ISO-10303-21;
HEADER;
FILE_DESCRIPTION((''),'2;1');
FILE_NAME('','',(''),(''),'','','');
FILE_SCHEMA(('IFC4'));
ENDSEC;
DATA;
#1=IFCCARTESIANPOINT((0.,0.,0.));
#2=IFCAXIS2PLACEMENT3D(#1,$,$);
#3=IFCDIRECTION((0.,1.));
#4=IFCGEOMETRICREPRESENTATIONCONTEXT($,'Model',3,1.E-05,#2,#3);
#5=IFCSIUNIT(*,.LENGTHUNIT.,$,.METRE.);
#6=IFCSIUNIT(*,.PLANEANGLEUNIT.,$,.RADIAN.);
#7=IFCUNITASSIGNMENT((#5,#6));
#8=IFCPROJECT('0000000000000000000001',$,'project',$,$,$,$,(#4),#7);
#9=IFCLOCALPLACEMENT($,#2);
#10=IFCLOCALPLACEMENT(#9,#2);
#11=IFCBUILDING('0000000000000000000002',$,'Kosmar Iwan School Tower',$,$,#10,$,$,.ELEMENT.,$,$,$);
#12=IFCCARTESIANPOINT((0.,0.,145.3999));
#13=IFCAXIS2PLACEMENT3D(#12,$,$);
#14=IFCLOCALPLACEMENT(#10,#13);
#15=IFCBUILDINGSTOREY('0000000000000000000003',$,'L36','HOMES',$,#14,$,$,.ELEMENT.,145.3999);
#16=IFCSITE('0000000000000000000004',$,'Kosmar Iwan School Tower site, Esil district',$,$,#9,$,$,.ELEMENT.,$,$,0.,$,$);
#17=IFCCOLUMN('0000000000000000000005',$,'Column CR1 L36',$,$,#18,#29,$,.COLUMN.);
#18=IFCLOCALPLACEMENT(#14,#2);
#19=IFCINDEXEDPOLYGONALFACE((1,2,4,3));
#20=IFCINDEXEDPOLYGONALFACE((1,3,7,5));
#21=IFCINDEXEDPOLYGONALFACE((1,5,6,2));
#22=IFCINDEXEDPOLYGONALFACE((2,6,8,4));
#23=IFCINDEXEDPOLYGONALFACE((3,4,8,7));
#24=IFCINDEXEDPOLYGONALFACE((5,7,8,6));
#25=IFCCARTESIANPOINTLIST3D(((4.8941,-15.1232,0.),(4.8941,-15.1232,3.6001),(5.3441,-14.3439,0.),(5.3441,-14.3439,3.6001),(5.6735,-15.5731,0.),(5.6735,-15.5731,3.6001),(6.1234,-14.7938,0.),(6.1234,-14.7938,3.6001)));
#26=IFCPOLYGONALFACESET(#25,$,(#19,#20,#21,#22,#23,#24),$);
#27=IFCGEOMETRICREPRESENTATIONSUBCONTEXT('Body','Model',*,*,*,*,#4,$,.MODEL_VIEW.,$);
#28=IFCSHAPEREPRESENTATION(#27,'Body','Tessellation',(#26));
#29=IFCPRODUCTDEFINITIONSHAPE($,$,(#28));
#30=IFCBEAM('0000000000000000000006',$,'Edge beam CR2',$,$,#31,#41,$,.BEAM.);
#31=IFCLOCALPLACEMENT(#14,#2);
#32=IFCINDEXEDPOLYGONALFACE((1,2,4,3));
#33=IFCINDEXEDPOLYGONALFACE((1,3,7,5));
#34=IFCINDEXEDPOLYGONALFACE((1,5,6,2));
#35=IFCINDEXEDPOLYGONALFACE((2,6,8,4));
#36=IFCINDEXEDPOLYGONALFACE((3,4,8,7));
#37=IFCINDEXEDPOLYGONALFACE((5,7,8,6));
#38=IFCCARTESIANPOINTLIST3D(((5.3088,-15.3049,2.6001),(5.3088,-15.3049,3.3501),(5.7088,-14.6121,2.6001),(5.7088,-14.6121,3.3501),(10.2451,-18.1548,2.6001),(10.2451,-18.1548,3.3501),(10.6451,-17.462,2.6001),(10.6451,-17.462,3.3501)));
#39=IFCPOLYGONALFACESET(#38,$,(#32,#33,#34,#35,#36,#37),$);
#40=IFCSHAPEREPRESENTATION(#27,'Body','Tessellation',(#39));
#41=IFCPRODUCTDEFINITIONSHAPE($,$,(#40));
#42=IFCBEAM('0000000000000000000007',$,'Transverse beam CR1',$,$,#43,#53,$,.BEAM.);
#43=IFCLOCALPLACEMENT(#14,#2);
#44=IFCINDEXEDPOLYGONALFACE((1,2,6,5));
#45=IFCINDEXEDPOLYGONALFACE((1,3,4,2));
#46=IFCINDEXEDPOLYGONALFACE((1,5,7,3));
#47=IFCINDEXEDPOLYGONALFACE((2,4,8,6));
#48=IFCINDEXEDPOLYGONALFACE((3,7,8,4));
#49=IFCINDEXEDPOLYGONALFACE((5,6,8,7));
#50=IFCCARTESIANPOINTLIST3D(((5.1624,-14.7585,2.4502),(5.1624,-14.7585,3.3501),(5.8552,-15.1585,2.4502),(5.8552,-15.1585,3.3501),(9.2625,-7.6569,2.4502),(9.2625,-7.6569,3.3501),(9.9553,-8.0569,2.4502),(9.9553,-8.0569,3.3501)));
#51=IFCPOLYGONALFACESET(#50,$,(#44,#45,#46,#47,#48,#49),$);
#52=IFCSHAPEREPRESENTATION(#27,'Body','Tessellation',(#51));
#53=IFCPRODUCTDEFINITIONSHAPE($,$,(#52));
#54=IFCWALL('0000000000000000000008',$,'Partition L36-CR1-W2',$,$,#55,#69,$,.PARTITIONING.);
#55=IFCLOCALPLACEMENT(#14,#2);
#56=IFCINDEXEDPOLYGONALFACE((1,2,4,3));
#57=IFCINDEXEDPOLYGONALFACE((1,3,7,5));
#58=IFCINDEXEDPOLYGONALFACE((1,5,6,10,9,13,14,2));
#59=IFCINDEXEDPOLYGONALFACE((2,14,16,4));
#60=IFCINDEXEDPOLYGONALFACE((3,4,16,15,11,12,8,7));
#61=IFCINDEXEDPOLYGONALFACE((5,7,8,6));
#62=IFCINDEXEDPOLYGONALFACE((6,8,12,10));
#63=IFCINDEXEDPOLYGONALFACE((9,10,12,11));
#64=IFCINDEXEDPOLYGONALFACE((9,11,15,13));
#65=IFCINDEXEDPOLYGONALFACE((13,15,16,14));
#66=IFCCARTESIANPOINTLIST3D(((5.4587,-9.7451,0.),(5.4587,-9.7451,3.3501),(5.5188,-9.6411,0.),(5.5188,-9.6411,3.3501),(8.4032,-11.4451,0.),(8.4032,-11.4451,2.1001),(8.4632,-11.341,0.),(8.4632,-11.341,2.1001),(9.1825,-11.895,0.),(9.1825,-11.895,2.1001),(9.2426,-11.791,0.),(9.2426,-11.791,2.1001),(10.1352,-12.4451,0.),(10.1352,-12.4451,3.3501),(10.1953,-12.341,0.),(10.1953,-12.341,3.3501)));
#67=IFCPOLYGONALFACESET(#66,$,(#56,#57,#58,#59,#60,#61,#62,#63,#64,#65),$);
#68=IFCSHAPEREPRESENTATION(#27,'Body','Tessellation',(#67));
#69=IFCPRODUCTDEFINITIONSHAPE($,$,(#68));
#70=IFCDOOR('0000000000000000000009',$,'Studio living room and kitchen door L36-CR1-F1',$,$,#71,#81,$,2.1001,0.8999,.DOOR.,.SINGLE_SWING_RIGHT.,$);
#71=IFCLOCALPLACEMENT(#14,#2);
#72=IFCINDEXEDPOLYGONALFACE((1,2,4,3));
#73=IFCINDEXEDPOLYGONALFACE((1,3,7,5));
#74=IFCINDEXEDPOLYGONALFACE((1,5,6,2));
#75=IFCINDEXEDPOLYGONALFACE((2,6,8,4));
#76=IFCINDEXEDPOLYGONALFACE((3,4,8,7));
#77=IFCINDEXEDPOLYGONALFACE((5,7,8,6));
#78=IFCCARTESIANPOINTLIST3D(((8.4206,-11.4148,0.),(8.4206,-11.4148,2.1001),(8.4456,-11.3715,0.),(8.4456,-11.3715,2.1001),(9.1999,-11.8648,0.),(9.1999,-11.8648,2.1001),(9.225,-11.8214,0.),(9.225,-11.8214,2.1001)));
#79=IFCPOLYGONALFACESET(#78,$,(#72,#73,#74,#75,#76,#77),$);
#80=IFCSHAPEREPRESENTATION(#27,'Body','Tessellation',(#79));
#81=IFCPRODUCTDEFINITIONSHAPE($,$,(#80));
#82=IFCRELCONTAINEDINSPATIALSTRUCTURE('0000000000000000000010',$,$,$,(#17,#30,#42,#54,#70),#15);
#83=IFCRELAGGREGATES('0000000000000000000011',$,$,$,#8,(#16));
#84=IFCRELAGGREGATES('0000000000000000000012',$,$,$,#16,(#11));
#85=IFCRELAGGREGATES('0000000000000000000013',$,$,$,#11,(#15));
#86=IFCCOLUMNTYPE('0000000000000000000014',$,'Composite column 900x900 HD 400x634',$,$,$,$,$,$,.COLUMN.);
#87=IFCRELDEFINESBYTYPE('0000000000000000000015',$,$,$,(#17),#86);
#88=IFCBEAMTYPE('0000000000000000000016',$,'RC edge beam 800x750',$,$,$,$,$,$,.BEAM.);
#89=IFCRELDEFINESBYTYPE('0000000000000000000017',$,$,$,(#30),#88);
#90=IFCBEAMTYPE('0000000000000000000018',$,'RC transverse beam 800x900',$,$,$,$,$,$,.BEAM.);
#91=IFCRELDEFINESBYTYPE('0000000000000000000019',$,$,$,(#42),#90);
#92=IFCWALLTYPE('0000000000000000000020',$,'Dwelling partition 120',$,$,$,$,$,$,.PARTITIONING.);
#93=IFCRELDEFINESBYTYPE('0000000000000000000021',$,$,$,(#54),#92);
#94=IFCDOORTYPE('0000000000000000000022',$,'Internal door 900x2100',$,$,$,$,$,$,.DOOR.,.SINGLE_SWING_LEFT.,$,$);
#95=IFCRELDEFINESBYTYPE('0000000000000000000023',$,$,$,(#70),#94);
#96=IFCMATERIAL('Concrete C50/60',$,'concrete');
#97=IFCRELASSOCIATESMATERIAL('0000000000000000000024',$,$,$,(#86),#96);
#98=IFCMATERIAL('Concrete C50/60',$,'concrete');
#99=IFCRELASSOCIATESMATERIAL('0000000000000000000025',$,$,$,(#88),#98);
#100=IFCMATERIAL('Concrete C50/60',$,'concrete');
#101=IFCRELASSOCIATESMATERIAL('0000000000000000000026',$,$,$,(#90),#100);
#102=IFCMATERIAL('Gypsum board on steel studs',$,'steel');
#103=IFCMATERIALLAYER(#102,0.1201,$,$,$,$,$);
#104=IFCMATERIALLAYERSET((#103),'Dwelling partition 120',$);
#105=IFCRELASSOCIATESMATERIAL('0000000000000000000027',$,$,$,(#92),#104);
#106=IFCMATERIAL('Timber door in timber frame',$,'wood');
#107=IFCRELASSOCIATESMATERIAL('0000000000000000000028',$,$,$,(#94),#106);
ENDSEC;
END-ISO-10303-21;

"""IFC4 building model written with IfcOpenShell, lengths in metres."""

from ifc_helpers import new_model, si_unit, direction, frame, frame_2d, origin, origin_2d, place, context, subcontext, project, spatial, rectangle, extrude, material, layer, layer_set, material_profile, profile_set, type_object, element, fill, save


model = new_model("IFC4")

# Units and contexts
model_context = context("Model", 3, precision=1e-05, world=origin(), true_north=direction((0.0, 1.0)))
body_context = subcontext(model_context, "Body", "Model", "MODEL_VIEW")
ifc_project = project(units=[si_unit("LENGTHUNIT", "METRE"), si_unit("PLANEANGLEUNIT", "RADIAN")], contexts=[model_context])

# Site, building, storey
site_placement = place(None, origin())
site = spatial("IfcSite", under=ifc_project, at=site_placement, Name="Kosmar Iwan School Tower site, Esil district", CompositionType="ELEMENT", RefElevation=0.0)
building_placement = place(site_placement, origin())
building = spatial("IfcBuilding", under=site, at=building_placement, Name="Kosmar Iwan School Tower", CompositionType="ELEMENT")
storey_placement = place(building_placement, frame((0.0, 0.0, 145.3999)))
storey = spatial("IfcBuildingStorey", under=building, at=storey_placement, Name="L36", Description="HOMES", CompositionType="ELEMENT", Elevation=145.3999)

# Column
ifc_material_1 = material(Name="Concrete C50/60", Category="concrete")
ifc_material_profile_1 = material_profile(ifc_material_1, rectangle(XDim=0.8999, YDim=0.8999, at=origin_2d()), Name="RC 900x900 + HD 400x634")
ifc_profile_set_1 = profile_set([ifc_material_profile_1], Name="Concrete C50/60")
column_type = type_object("IfcColumnType", Name="Composite column 900x900 HD 400x634", PredefinedType="COLUMN", material=ifc_profile_set_1)
column_placement = place(storey_placement, frame((5.5088, -14.9585, 0.0), z_axis=(0.0, 0.0, 1.0), x_axis=(0.866025, -0.5, 0.0)))
element("IfcColumn", 1, at=column_placement, inside=storey, type_object=column_type, Name="Column CR1 L36", PredefinedType="COLUMN", context=body_context, shape_type="SweptSolid", body=[
    extrude(rectangle(XDim=0.8999, YDim=0.8999, at=origin_2d()), origin(), (0.0, 0.0, 1.0), 3.6001),
])

# Beams
ifc_material_2 = material(Name="Concrete C50/60", Category="concrete")
ifc_material_profile_2 = material_profile(ifc_material_2, rectangle(XDim=0.8, YDim=0.75, at=origin_2d()), Name="RC 800x750")
ifc_profile_set_2 = profile_set([ifc_material_profile_2], Name="Concrete C50/60")
beam_type_1 = type_object("IfcBeamType", Name="RC edge beam 800x750", PredefinedType="BEAM", material=ifc_profile_set_2)
beam_1_placement = place(storey_placement, frame((5.5088, -14.9585, 2.9751), z_axis=(0.866034, -0.499986, 0.0), x_axis=(0.499986, 0.866034, 0.0)))
element("IfcBeam", 2, at=beam_1_placement, inside=storey, type_object=beam_type_1, Name="Edge beam CR2", PredefinedType="BEAM", context=body_context, shape_type="SweptSolid", body=[
    extrude(rectangle(XDim=0.8, YDim=0.75, at=origin_2d()), origin(), (0.0, 0.0, 1.0), 5.7),
])
ifc_material_3 = material(Name="Concrete C50/60", Category="concrete")
ifc_material_profile_3 = material_profile(ifc_material_3, rectangle(XDim=0.8, YDim=0.8999, at=origin_2d()), Name="RC 800x900")
ifc_profile_set_3 = profile_set([ifc_material_profile_3], Name="Concrete C50/60")
beam_type_2 = type_object("IfcBeamType", Name="RC transverse beam 800x900", PredefinedType="BEAM", material=ifc_profile_set_3)
beam_2_placement = place(storey_placement, frame((5.5088, -14.9585, 2.9001), z_axis=(0.500001, 0.866025, 0.0), x_axis=(-0.866025, 0.500001, 0.0)))
element("IfcBeam", 3, at=beam_2_placement, inside=storey, type_object=beam_type_2, Name="Transverse beam CR1", PredefinedType="BEAM", context=body_context, shape_type="SweptSolid", body=[
    extrude(rectangle(XDim=0.8, YDim=0.8999, at=origin_2d()), origin(), (0.0, 0.0, 1.0), 8.2002),
])

# Wall, opening, door
ifc_material_4 = material(Name="Gypsum board on steel studs", Category="steel")
ifc_layer_1 = layer(ifc_material_4, 0.1201)
ifc_layer_set_1 = layer_set([ifc_layer_1], Name="Dwelling partition 120")
wall_type_1 = type_object("IfcWallType", Name="Dwelling partition 120", PredefinedType="PARTITIONING", material=ifc_layer_set_1)
wall_1_placement = place(storey_placement, frame((5.4888, -9.6931, 0.0), z_axis=(0.0, 0.0, 1.0), x_axis=(0.866028, -0.499995, 0.0)))
wall_1 = element("IfcWall", 4, at=wall_1_placement, inside=storey, type_object=wall_type_1, Name="Partition L36-CR1-W2", PredefinedType="PARTITIONING", context=body_context, shape_type="SweptSolid", body=[
    extrude(rectangle(XDim=5.3999, YDim=0.1201, at=frame_2d((2.7, 0.0))), origin(), (0.0, 0.0, 1.0), 3.3501),
])
opening_1_placement = place(wall_1_placement, frame((3.3999, 0.0, 0.0)))
opening_1 = element("IfcOpeningElement", 5, at=opening_1_placement, cuts=wall_1, PredefinedType="OPENING", context=body_context, shape_type="SweptSolid", body=[
    extrude(rectangle(XDim=0.8999, YDim=2.1001, at=frame_2d((0.45, 1.05))), frame((0.0, 0.072, 0.0), z_axis=(0.0, -1.0, 0.0), x_axis=(1.0, 0.0, 0.0)), (0.0, 0.0, 1.0), 0.144),
])
ifc_material_5 = material(Name="Timber door in timber frame", Category="wood")
door_type = type_object("IfcDoorType", Name="Internal door 900x2100", OperationType="SINGLE_SWING_LEFT", PredefinedType="DOOR", material=ifc_material_5)
door_placement = place(opening_1_placement, origin())
door = element("IfcDoor", 6, at=door_placement, inside=storey, type_object=door_type, Name="Studio living room and kitchen door L36-CR1-F1", OperationType="SINGLE_SWING_RIGHT", OverallHeight=2.1001, OverallWidth=0.8999, PredefinedType="DOOR", context=body_context, shape_type="SweptSolid", body=[
    extrude(rectangle(XDim=0.8999, YDim=2.1001, at=frame_2d((0.45, 1.05))), frame((0.0, 0.0249, 0.0), z_axis=(0.0, -1.0, 0.0), x_axis=(1.0, 0.0, 0.0)), (0.0, 0.0, 1.0), 0.05),
])
fill(opening_1, door)

save(model, "model.ifc")
